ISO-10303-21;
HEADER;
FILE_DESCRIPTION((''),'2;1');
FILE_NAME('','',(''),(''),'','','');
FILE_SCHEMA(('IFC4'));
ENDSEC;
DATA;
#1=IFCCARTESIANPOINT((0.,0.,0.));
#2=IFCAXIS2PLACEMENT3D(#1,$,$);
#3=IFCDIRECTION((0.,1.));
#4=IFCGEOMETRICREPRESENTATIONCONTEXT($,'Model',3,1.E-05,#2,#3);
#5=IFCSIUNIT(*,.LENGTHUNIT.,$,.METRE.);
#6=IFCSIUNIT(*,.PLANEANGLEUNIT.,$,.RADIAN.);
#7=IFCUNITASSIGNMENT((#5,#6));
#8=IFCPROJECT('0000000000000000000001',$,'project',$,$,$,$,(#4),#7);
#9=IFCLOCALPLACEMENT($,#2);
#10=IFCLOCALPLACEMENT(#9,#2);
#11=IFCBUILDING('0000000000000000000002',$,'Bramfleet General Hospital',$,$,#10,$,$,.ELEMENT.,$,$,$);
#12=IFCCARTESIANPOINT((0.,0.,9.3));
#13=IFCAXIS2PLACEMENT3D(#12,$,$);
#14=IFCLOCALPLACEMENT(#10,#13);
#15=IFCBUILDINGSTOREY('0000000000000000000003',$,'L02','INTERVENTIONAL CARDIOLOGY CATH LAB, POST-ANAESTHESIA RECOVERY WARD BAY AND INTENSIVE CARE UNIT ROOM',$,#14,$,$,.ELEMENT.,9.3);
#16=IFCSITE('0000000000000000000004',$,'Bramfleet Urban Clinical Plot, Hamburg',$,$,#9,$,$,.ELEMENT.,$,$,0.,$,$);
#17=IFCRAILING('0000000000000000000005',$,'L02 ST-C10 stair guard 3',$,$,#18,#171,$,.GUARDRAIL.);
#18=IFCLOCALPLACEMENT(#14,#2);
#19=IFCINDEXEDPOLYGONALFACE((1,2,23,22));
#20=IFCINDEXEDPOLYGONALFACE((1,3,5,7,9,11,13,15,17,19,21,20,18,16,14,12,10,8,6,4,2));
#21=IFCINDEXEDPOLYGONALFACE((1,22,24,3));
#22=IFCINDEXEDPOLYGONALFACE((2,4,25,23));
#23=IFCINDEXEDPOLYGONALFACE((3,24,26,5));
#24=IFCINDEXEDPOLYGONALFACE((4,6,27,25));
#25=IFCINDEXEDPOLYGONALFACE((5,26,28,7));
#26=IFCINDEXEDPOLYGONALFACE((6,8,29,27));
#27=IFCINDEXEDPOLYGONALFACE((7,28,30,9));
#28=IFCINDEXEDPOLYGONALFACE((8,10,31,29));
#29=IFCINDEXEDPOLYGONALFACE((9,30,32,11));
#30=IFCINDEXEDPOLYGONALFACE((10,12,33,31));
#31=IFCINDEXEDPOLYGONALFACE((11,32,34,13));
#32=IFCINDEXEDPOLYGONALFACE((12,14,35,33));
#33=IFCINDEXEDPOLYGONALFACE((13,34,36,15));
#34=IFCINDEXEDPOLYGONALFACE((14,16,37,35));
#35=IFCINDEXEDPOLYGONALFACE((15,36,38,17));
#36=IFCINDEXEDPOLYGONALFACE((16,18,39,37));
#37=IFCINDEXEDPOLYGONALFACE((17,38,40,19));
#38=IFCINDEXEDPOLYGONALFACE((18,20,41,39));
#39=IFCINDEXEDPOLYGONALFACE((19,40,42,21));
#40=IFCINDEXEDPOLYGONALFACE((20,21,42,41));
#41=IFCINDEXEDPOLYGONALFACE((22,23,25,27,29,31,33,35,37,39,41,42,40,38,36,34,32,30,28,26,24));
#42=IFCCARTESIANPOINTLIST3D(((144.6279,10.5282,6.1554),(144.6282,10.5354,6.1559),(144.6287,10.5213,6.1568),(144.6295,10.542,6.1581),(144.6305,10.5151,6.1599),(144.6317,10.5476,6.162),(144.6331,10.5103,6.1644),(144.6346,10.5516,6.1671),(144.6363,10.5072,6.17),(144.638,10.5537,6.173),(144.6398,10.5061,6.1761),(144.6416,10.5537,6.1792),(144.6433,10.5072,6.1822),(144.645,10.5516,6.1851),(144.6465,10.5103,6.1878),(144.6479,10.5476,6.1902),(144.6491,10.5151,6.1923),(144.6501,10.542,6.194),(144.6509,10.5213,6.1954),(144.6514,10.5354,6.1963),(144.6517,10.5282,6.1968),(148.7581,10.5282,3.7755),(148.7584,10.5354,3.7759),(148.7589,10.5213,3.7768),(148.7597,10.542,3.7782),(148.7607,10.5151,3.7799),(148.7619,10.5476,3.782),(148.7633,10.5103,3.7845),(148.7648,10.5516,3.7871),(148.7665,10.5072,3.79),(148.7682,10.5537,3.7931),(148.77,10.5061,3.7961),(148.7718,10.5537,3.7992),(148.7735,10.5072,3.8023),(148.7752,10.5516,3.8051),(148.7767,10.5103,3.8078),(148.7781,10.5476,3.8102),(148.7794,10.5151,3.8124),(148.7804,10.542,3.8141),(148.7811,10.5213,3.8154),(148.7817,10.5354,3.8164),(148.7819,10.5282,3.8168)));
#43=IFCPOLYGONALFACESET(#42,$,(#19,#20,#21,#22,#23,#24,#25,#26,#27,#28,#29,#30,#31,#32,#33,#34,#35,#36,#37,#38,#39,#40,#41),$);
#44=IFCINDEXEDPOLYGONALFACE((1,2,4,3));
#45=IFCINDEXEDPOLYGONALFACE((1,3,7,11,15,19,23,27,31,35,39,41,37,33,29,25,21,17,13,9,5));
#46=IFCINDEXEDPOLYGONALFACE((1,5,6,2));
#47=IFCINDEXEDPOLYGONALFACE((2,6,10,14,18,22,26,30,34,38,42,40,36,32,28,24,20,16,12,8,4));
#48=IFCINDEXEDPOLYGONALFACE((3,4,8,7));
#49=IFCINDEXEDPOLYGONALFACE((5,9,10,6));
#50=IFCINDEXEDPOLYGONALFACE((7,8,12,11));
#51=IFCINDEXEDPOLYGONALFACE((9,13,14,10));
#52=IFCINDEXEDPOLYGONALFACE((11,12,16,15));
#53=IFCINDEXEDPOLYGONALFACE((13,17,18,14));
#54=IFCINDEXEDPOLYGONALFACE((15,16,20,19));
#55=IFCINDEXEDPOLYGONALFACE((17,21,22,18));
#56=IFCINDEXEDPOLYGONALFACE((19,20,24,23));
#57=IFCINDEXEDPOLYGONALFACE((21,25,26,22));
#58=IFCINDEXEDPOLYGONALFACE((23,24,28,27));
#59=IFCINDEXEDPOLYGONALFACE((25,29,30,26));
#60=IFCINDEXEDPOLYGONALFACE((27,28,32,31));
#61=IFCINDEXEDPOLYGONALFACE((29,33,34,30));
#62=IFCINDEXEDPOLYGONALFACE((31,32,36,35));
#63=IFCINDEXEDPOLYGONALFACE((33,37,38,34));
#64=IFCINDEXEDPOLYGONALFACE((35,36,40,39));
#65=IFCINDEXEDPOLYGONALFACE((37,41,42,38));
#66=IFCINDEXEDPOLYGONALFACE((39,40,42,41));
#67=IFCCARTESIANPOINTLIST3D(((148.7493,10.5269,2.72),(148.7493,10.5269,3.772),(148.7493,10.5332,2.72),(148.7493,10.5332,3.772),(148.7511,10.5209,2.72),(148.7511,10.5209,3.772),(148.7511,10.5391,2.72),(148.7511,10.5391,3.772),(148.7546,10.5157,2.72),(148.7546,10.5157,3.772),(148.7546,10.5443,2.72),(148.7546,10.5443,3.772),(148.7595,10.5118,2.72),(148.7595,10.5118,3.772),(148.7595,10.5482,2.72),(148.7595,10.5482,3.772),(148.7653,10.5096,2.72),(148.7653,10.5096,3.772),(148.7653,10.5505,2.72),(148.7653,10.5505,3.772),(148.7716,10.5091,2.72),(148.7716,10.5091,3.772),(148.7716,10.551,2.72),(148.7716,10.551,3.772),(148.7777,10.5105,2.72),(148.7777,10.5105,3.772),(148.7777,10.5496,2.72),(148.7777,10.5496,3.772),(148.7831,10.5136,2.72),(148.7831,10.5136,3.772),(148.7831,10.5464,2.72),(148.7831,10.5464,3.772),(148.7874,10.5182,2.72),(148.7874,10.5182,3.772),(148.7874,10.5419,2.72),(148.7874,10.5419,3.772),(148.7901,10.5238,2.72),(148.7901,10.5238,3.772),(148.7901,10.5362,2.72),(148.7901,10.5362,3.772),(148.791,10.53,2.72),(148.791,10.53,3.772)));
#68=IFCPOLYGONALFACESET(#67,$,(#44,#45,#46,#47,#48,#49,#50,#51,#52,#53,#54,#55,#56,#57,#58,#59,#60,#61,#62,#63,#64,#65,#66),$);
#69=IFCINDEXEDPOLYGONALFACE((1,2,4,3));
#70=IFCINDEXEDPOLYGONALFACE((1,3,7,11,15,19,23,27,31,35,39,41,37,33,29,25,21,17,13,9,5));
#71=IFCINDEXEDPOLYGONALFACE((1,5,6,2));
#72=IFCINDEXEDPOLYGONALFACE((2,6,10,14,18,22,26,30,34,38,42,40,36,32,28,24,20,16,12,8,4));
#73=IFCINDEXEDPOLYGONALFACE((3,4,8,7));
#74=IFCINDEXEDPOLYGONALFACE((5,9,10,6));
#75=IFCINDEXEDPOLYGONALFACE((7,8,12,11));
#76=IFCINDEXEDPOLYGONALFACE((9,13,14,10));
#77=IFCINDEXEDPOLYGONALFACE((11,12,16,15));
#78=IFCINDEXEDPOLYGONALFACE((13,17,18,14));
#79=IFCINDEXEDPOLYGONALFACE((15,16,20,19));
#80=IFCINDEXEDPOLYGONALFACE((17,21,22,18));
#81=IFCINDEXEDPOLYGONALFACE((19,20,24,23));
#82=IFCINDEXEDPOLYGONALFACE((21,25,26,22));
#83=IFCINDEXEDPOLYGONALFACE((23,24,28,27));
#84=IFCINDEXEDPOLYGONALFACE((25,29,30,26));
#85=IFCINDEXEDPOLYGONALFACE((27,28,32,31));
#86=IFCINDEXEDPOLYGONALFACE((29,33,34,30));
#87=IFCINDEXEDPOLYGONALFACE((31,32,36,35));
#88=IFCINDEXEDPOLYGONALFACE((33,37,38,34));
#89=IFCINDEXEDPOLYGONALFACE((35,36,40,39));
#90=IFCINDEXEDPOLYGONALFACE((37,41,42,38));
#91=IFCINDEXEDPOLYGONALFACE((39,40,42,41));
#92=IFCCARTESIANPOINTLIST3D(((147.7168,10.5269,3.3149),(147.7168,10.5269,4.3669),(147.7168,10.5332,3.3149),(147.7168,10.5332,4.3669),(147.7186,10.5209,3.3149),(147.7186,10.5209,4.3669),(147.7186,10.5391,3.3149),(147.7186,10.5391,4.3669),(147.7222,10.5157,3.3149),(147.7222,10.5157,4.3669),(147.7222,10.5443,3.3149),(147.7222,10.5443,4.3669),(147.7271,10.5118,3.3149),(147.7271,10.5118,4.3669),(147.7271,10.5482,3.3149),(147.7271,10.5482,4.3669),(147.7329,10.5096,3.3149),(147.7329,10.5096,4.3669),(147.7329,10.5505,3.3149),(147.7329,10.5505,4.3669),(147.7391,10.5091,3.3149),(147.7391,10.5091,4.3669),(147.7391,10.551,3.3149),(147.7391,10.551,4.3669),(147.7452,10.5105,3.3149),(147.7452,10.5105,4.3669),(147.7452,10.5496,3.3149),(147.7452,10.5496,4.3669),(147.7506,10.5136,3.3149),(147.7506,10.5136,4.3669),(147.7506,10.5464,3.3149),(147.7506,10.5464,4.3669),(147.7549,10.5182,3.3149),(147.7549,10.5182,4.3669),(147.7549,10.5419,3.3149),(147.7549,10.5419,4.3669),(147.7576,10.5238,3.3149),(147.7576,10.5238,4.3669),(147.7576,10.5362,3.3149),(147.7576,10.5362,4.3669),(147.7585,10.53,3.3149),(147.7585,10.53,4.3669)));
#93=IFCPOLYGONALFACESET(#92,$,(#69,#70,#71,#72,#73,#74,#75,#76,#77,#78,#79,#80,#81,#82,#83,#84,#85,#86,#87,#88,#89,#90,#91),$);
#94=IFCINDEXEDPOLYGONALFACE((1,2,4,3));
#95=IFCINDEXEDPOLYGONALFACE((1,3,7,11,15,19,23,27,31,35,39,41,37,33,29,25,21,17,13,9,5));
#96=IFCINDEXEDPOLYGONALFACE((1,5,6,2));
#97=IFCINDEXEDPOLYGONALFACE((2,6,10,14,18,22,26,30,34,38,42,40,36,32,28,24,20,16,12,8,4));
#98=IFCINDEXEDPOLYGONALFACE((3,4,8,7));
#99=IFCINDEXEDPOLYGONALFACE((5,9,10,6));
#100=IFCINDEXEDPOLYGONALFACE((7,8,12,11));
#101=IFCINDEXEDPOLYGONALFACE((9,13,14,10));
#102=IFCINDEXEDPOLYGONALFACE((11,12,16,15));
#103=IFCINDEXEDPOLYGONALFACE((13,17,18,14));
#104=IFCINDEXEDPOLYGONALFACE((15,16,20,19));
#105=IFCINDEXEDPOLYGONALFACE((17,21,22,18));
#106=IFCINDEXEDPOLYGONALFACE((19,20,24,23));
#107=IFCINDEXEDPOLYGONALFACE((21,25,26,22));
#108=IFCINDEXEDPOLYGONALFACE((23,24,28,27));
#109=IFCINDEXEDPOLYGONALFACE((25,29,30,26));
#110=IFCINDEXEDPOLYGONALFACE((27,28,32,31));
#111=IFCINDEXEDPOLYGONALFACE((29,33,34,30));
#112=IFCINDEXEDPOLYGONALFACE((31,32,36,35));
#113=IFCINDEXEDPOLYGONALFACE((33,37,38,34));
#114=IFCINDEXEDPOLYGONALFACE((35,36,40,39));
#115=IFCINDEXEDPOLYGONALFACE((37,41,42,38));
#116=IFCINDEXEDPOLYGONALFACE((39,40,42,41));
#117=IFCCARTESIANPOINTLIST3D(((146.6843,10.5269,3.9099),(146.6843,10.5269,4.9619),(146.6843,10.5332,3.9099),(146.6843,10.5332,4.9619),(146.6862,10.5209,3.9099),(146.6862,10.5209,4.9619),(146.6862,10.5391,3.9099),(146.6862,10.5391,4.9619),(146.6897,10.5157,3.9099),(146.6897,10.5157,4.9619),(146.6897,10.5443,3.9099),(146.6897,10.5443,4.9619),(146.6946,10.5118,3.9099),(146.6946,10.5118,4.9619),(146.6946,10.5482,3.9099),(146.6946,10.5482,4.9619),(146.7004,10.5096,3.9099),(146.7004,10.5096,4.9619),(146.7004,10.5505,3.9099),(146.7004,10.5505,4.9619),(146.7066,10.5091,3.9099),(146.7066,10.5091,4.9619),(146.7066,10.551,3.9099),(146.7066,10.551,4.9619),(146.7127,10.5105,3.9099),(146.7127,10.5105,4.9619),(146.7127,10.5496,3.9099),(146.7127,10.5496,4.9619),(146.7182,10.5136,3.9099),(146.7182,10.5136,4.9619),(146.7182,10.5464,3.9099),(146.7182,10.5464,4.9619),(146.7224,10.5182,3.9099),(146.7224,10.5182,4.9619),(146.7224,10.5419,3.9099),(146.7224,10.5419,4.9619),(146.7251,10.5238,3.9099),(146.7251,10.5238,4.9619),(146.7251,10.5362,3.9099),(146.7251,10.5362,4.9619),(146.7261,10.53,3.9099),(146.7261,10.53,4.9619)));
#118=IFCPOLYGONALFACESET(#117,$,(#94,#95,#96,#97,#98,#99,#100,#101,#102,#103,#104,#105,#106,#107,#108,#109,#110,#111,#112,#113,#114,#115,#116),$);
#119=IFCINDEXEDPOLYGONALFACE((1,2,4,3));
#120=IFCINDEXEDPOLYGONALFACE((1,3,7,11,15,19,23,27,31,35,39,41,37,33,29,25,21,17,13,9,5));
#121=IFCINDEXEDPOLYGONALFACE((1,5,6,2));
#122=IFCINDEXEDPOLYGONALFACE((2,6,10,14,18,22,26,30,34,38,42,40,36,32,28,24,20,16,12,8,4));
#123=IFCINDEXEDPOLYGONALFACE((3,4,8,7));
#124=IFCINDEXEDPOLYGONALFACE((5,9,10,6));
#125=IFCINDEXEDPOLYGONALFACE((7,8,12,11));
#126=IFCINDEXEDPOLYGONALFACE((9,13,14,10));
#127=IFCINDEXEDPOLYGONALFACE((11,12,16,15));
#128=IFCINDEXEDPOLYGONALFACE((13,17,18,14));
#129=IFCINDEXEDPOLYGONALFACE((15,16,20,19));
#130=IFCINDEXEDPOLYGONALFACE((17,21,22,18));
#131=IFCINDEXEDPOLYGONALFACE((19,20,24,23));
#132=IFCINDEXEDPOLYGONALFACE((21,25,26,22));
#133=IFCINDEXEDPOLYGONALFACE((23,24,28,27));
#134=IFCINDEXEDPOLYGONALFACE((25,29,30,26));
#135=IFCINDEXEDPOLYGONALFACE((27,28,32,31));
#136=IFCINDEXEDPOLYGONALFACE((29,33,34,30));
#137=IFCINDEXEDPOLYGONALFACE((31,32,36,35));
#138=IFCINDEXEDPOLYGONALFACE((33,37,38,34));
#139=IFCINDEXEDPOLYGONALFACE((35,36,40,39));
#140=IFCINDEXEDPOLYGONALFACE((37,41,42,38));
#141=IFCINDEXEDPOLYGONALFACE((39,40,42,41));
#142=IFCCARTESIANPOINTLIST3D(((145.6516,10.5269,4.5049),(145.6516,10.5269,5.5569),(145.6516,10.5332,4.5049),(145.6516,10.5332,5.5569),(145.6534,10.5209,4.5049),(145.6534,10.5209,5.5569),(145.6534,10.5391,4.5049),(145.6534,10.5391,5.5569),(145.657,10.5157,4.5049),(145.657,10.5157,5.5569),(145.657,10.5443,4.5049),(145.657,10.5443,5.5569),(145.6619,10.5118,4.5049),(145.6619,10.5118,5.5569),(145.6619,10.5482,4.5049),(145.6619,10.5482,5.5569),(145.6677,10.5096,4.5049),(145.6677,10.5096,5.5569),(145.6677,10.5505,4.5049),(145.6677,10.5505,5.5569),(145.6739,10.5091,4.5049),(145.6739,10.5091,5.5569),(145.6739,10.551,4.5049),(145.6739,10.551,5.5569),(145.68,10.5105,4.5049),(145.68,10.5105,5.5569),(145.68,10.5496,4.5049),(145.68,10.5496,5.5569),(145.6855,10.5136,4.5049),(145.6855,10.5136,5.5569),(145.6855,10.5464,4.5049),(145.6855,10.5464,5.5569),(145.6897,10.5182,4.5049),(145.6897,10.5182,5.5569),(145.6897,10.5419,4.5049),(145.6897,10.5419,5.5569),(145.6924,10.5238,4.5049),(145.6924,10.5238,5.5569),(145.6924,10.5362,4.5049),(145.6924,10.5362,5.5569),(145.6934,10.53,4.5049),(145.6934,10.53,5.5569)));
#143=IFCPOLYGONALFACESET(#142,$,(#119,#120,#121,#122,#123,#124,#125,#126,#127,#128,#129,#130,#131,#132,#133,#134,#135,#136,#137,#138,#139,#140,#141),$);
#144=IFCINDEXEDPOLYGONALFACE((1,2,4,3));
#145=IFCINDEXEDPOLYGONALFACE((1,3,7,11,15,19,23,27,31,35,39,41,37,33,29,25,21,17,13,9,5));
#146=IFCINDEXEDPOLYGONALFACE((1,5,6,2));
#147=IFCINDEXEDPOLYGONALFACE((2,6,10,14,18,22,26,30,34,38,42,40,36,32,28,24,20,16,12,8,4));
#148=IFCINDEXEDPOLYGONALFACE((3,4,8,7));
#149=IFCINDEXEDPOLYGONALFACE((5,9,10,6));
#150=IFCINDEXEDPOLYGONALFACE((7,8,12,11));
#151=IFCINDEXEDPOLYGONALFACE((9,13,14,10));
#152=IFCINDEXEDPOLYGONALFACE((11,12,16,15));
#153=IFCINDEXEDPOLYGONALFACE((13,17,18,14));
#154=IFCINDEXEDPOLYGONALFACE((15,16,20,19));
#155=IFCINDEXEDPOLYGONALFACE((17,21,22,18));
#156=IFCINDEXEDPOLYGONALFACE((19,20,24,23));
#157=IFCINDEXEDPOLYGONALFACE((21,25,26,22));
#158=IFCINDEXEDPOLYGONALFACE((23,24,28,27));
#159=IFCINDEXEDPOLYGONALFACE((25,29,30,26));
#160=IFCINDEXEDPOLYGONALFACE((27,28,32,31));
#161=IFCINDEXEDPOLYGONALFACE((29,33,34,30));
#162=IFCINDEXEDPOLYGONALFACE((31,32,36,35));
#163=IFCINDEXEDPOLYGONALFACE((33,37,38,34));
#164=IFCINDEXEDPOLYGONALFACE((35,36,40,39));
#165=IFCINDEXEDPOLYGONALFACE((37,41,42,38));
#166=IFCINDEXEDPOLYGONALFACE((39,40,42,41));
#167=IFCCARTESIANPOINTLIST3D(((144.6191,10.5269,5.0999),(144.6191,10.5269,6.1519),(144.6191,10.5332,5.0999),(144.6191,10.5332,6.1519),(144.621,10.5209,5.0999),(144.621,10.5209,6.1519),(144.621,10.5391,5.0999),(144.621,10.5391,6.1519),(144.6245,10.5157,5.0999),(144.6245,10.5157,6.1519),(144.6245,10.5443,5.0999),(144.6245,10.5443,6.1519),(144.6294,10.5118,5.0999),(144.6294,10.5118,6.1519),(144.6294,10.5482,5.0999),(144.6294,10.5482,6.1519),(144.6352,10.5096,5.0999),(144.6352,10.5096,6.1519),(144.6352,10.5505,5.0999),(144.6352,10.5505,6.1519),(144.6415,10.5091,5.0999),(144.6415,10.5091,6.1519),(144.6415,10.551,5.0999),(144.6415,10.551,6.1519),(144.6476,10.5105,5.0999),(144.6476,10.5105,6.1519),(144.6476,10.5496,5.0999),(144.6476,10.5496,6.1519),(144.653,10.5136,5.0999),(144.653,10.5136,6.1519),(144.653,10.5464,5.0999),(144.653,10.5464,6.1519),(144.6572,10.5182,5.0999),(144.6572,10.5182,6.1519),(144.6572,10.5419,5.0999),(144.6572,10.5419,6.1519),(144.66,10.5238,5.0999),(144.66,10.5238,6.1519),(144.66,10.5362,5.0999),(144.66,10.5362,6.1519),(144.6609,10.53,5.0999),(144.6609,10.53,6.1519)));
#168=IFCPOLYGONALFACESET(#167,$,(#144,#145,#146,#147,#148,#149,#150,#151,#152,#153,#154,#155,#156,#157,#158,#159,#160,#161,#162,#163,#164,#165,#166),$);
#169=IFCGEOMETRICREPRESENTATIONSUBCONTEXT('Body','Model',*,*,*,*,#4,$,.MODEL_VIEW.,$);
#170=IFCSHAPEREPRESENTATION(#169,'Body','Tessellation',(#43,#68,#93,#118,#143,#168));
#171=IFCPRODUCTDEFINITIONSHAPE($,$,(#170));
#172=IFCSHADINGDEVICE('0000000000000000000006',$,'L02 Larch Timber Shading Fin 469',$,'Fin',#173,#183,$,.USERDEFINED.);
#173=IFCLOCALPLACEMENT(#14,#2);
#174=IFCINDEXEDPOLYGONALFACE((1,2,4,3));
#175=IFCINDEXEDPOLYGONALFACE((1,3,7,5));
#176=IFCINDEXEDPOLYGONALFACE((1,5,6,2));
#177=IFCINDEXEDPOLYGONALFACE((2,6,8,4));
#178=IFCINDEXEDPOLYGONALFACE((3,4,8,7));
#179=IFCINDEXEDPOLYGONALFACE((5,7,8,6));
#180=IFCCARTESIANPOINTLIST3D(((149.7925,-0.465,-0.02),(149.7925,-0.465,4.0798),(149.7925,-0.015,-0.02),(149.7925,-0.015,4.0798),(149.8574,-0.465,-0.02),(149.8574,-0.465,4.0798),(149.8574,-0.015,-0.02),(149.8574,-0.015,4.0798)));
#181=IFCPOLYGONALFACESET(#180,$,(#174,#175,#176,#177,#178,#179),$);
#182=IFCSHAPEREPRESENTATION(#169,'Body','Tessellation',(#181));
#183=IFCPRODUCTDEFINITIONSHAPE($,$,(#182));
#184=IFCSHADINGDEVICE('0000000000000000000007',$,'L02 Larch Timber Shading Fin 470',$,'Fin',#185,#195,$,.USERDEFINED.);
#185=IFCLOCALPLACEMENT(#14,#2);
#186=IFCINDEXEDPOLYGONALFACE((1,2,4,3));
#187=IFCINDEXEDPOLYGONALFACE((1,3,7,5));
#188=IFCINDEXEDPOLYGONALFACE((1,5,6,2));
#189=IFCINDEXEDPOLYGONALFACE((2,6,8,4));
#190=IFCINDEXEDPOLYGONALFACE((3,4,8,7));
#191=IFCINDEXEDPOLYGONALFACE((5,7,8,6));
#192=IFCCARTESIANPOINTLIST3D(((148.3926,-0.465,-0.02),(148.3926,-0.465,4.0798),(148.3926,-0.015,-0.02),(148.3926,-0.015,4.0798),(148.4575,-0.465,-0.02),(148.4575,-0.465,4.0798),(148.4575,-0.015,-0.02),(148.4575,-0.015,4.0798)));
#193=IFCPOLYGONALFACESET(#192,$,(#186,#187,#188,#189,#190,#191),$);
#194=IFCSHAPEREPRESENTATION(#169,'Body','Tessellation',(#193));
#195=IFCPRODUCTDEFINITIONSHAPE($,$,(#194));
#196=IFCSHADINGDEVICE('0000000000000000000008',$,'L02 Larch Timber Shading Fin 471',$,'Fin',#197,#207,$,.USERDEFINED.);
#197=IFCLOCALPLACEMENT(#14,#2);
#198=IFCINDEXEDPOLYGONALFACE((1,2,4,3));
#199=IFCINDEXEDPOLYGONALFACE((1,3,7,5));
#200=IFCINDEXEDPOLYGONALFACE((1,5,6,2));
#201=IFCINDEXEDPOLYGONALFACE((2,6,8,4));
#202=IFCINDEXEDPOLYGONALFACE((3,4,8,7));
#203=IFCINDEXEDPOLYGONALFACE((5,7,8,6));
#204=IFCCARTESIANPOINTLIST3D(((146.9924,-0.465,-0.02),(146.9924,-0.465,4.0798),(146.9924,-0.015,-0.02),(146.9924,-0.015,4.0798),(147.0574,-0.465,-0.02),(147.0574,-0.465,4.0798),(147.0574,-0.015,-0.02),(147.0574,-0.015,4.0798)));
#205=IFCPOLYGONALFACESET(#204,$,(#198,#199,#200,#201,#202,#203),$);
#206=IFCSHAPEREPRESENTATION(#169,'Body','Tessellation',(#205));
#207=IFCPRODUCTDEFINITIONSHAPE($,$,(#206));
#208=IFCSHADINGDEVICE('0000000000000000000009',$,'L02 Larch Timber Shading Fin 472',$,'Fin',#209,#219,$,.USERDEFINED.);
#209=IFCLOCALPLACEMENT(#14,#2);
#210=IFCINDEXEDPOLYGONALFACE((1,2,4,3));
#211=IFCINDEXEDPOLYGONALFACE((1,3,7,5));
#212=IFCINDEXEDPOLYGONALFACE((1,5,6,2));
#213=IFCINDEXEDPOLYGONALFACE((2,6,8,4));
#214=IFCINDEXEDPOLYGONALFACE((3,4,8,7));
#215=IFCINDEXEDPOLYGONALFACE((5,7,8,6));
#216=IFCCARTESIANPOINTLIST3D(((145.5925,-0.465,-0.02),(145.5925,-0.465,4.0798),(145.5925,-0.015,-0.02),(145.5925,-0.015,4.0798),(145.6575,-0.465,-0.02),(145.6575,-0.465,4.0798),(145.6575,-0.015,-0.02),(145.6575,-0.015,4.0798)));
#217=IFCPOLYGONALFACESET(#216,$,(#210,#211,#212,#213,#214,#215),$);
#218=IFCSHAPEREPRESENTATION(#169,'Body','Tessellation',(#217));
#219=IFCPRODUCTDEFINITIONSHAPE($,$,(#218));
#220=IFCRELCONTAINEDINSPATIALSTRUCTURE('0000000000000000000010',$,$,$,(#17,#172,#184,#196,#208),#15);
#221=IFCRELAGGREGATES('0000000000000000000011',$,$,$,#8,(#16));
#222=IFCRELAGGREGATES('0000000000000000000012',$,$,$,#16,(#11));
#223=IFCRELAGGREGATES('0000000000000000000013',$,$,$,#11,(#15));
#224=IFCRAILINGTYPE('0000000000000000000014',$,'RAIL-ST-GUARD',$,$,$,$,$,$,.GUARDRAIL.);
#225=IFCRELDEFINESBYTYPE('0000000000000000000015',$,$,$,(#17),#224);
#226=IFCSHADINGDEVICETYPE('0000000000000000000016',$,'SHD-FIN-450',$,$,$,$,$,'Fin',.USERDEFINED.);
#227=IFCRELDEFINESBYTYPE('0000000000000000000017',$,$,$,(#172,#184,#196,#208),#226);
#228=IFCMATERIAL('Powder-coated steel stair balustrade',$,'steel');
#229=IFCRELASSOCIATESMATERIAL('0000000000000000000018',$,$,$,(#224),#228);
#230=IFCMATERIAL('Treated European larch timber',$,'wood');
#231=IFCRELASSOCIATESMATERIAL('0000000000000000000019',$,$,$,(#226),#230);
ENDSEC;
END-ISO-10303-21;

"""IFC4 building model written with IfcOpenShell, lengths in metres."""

from ifc_helpers import new_model, si_unit, direction, frame, origin, origin_2d, place, context, subcontext, project, spatial, rectangle, circle, extrude, material, material_profile, profile_set, type_object, element, save


model = new_model("IFC4")

# Units and contexts
model_context = context("Model", 3, precision=1e-05, world=origin(), true_north=direction((0.0, 1.0)))
body_context = subcontext(model_context, "Body", "Model", "MODEL_VIEW")
ifc_project = project(units=[si_unit("LENGTHUNIT", "METRE"), si_unit("PLANEANGLEUNIT", "RADIAN")], contexts=[model_context])

# Site, building, storey
site_placement = place(None, origin())
site = spatial("IfcSite", under=ifc_project, at=site_placement, Name="Bramfleet Urban Clinical Plot, Hamburg", CompositionType="ELEMENT", RefElevation=0.0)
building_placement = place(site_placement, origin())
building = spatial("IfcBuilding", under=site, at=building_placement, Name="Bramfleet General Hospital", CompositionType="ELEMENT")
storey_placement = place(building_placement, frame((0.0, 0.0, 9.3)))
storey = spatial("IfcBuildingStorey", under=building, at=storey_placement, Name="L02", Description="INTERVENTIONAL CARDIOLOGY CATH LAB, POST-ANAESTHESIA RECOVERY WARD BAY AND INTENSIVE CARE UNIT ROOM", CompositionType="ELEMENT", Elevation=9.3)

# Railing
ifc_material_1 = material(Name="Powder-coated steel stair balustrade", Category="steel")
railing_type = type_object("IfcRailingType", Name="RAIL-ST-GUARD", PredefinedType="GUARDRAIL", material=ifc_material_1)
railing_1_placement = place(storey_placement, frame((148.77, 10.53, 2.72)))
element("IfcRailing", 1, at=railing_1_placement, inside=storey, type_object=railing_type, Name="L02 ST-C10 stair guard 3", PredefinedType="GUARDRAIL", context=body_context, shape_type="SweptSolid", body=[
    extrude(circle(Radius=0.0239, at=origin_2d()), frame((0.0, 0.0, 1.0762), z_axis=(-0.866447, 0.0, 0.499269), x_axis=(0.0, -1.0, 0.0)), (0.0, 0.0, 1.0), 4.7668),
    extrude(circle(Radius=0.021, at=origin_2d()), origin(), (0.0, 0.0, 1.0), 1.052),
    extrude(circle(Radius=0.021, at=origin_2d()), frame((-1.0325, 0.0, 0.595)), (0.0, 0.0, 1.0), 1.052),
    extrude(circle(Radius=0.021, at=origin_2d()), frame((-2.0649, 0.0, 1.1899)), (0.0, 0.0, 1.0), 1.052),
    extrude(circle(Radius=0.021, at=origin_2d()), frame((-3.0977, 0.0, 1.7849)), (0.0, 0.0, 1.0), 1.052),
    extrude(circle(Radius=0.021, at=origin_2d()), frame((-4.1301, 0.0, 2.3799)), (0.0, 0.0, 1.0), 1.052),
])

# Shading devices
ifc_material_2 = material(Name="Treated European larch timber", Category="wood")
ifc_material_profile_1 = material_profile(ifc_material_2, rectangle(XDim=0.0649, YDim=0.45, at=origin_2d()), Name="LARCH FIN 450x65")
ifc_profile_set_1 = profile_set([ifc_material_profile_1], Name="Treated European larch timber")
shading_device_type = type_object("IfcShadingDeviceType", Name="SHD-FIN-450", ElementType="Fin", PredefinedType="USERDEFINED", material=ifc_profile_set_1)
for number, where, z_axis, x_axis, name in (
    (2, (149.825, -0.24, -0.02), (0.0, 0.0, 1.0), (-1.0, 0.0, 0.0), "L02 Larch Timber Shading Fin 469"),
    (3, (148.425, -0.24, -0.02), (0.0, 0.0, 1.0), (-1.0, 0.0, 0.0), "L02 Larch Timber Shading Fin 470"),
    (4, (147.0249, -0.24, -0.02), (0.0, 0.0, 1.0), (-1.0, 0.0, 0.0), "L02 Larch Timber Shading Fin 471"),
    (5, (145.625, -0.24, -0.02), (0.0, 0.0, 1.0), (-1.0, 0.0, 0.0), "L02 Larch Timber Shading Fin 472"),
):
    element("IfcShadingDevice", number, at=place(storey_placement, frame(where, z_axis=z_axis, x_axis=x_axis)), inside=storey, type_object=shading_device_type, Name=name, ObjectType="Fin", PredefinedType="USERDEFINED", context=body_context, shape_type="SweptSolid", body=[
        extrude(rectangle(XDim=0.0649, YDim=0.45, at=origin_2d()), origin(), (0.0, 0.0, 1.0), 4.0999),
    ])

save(model, "model.ifc")
